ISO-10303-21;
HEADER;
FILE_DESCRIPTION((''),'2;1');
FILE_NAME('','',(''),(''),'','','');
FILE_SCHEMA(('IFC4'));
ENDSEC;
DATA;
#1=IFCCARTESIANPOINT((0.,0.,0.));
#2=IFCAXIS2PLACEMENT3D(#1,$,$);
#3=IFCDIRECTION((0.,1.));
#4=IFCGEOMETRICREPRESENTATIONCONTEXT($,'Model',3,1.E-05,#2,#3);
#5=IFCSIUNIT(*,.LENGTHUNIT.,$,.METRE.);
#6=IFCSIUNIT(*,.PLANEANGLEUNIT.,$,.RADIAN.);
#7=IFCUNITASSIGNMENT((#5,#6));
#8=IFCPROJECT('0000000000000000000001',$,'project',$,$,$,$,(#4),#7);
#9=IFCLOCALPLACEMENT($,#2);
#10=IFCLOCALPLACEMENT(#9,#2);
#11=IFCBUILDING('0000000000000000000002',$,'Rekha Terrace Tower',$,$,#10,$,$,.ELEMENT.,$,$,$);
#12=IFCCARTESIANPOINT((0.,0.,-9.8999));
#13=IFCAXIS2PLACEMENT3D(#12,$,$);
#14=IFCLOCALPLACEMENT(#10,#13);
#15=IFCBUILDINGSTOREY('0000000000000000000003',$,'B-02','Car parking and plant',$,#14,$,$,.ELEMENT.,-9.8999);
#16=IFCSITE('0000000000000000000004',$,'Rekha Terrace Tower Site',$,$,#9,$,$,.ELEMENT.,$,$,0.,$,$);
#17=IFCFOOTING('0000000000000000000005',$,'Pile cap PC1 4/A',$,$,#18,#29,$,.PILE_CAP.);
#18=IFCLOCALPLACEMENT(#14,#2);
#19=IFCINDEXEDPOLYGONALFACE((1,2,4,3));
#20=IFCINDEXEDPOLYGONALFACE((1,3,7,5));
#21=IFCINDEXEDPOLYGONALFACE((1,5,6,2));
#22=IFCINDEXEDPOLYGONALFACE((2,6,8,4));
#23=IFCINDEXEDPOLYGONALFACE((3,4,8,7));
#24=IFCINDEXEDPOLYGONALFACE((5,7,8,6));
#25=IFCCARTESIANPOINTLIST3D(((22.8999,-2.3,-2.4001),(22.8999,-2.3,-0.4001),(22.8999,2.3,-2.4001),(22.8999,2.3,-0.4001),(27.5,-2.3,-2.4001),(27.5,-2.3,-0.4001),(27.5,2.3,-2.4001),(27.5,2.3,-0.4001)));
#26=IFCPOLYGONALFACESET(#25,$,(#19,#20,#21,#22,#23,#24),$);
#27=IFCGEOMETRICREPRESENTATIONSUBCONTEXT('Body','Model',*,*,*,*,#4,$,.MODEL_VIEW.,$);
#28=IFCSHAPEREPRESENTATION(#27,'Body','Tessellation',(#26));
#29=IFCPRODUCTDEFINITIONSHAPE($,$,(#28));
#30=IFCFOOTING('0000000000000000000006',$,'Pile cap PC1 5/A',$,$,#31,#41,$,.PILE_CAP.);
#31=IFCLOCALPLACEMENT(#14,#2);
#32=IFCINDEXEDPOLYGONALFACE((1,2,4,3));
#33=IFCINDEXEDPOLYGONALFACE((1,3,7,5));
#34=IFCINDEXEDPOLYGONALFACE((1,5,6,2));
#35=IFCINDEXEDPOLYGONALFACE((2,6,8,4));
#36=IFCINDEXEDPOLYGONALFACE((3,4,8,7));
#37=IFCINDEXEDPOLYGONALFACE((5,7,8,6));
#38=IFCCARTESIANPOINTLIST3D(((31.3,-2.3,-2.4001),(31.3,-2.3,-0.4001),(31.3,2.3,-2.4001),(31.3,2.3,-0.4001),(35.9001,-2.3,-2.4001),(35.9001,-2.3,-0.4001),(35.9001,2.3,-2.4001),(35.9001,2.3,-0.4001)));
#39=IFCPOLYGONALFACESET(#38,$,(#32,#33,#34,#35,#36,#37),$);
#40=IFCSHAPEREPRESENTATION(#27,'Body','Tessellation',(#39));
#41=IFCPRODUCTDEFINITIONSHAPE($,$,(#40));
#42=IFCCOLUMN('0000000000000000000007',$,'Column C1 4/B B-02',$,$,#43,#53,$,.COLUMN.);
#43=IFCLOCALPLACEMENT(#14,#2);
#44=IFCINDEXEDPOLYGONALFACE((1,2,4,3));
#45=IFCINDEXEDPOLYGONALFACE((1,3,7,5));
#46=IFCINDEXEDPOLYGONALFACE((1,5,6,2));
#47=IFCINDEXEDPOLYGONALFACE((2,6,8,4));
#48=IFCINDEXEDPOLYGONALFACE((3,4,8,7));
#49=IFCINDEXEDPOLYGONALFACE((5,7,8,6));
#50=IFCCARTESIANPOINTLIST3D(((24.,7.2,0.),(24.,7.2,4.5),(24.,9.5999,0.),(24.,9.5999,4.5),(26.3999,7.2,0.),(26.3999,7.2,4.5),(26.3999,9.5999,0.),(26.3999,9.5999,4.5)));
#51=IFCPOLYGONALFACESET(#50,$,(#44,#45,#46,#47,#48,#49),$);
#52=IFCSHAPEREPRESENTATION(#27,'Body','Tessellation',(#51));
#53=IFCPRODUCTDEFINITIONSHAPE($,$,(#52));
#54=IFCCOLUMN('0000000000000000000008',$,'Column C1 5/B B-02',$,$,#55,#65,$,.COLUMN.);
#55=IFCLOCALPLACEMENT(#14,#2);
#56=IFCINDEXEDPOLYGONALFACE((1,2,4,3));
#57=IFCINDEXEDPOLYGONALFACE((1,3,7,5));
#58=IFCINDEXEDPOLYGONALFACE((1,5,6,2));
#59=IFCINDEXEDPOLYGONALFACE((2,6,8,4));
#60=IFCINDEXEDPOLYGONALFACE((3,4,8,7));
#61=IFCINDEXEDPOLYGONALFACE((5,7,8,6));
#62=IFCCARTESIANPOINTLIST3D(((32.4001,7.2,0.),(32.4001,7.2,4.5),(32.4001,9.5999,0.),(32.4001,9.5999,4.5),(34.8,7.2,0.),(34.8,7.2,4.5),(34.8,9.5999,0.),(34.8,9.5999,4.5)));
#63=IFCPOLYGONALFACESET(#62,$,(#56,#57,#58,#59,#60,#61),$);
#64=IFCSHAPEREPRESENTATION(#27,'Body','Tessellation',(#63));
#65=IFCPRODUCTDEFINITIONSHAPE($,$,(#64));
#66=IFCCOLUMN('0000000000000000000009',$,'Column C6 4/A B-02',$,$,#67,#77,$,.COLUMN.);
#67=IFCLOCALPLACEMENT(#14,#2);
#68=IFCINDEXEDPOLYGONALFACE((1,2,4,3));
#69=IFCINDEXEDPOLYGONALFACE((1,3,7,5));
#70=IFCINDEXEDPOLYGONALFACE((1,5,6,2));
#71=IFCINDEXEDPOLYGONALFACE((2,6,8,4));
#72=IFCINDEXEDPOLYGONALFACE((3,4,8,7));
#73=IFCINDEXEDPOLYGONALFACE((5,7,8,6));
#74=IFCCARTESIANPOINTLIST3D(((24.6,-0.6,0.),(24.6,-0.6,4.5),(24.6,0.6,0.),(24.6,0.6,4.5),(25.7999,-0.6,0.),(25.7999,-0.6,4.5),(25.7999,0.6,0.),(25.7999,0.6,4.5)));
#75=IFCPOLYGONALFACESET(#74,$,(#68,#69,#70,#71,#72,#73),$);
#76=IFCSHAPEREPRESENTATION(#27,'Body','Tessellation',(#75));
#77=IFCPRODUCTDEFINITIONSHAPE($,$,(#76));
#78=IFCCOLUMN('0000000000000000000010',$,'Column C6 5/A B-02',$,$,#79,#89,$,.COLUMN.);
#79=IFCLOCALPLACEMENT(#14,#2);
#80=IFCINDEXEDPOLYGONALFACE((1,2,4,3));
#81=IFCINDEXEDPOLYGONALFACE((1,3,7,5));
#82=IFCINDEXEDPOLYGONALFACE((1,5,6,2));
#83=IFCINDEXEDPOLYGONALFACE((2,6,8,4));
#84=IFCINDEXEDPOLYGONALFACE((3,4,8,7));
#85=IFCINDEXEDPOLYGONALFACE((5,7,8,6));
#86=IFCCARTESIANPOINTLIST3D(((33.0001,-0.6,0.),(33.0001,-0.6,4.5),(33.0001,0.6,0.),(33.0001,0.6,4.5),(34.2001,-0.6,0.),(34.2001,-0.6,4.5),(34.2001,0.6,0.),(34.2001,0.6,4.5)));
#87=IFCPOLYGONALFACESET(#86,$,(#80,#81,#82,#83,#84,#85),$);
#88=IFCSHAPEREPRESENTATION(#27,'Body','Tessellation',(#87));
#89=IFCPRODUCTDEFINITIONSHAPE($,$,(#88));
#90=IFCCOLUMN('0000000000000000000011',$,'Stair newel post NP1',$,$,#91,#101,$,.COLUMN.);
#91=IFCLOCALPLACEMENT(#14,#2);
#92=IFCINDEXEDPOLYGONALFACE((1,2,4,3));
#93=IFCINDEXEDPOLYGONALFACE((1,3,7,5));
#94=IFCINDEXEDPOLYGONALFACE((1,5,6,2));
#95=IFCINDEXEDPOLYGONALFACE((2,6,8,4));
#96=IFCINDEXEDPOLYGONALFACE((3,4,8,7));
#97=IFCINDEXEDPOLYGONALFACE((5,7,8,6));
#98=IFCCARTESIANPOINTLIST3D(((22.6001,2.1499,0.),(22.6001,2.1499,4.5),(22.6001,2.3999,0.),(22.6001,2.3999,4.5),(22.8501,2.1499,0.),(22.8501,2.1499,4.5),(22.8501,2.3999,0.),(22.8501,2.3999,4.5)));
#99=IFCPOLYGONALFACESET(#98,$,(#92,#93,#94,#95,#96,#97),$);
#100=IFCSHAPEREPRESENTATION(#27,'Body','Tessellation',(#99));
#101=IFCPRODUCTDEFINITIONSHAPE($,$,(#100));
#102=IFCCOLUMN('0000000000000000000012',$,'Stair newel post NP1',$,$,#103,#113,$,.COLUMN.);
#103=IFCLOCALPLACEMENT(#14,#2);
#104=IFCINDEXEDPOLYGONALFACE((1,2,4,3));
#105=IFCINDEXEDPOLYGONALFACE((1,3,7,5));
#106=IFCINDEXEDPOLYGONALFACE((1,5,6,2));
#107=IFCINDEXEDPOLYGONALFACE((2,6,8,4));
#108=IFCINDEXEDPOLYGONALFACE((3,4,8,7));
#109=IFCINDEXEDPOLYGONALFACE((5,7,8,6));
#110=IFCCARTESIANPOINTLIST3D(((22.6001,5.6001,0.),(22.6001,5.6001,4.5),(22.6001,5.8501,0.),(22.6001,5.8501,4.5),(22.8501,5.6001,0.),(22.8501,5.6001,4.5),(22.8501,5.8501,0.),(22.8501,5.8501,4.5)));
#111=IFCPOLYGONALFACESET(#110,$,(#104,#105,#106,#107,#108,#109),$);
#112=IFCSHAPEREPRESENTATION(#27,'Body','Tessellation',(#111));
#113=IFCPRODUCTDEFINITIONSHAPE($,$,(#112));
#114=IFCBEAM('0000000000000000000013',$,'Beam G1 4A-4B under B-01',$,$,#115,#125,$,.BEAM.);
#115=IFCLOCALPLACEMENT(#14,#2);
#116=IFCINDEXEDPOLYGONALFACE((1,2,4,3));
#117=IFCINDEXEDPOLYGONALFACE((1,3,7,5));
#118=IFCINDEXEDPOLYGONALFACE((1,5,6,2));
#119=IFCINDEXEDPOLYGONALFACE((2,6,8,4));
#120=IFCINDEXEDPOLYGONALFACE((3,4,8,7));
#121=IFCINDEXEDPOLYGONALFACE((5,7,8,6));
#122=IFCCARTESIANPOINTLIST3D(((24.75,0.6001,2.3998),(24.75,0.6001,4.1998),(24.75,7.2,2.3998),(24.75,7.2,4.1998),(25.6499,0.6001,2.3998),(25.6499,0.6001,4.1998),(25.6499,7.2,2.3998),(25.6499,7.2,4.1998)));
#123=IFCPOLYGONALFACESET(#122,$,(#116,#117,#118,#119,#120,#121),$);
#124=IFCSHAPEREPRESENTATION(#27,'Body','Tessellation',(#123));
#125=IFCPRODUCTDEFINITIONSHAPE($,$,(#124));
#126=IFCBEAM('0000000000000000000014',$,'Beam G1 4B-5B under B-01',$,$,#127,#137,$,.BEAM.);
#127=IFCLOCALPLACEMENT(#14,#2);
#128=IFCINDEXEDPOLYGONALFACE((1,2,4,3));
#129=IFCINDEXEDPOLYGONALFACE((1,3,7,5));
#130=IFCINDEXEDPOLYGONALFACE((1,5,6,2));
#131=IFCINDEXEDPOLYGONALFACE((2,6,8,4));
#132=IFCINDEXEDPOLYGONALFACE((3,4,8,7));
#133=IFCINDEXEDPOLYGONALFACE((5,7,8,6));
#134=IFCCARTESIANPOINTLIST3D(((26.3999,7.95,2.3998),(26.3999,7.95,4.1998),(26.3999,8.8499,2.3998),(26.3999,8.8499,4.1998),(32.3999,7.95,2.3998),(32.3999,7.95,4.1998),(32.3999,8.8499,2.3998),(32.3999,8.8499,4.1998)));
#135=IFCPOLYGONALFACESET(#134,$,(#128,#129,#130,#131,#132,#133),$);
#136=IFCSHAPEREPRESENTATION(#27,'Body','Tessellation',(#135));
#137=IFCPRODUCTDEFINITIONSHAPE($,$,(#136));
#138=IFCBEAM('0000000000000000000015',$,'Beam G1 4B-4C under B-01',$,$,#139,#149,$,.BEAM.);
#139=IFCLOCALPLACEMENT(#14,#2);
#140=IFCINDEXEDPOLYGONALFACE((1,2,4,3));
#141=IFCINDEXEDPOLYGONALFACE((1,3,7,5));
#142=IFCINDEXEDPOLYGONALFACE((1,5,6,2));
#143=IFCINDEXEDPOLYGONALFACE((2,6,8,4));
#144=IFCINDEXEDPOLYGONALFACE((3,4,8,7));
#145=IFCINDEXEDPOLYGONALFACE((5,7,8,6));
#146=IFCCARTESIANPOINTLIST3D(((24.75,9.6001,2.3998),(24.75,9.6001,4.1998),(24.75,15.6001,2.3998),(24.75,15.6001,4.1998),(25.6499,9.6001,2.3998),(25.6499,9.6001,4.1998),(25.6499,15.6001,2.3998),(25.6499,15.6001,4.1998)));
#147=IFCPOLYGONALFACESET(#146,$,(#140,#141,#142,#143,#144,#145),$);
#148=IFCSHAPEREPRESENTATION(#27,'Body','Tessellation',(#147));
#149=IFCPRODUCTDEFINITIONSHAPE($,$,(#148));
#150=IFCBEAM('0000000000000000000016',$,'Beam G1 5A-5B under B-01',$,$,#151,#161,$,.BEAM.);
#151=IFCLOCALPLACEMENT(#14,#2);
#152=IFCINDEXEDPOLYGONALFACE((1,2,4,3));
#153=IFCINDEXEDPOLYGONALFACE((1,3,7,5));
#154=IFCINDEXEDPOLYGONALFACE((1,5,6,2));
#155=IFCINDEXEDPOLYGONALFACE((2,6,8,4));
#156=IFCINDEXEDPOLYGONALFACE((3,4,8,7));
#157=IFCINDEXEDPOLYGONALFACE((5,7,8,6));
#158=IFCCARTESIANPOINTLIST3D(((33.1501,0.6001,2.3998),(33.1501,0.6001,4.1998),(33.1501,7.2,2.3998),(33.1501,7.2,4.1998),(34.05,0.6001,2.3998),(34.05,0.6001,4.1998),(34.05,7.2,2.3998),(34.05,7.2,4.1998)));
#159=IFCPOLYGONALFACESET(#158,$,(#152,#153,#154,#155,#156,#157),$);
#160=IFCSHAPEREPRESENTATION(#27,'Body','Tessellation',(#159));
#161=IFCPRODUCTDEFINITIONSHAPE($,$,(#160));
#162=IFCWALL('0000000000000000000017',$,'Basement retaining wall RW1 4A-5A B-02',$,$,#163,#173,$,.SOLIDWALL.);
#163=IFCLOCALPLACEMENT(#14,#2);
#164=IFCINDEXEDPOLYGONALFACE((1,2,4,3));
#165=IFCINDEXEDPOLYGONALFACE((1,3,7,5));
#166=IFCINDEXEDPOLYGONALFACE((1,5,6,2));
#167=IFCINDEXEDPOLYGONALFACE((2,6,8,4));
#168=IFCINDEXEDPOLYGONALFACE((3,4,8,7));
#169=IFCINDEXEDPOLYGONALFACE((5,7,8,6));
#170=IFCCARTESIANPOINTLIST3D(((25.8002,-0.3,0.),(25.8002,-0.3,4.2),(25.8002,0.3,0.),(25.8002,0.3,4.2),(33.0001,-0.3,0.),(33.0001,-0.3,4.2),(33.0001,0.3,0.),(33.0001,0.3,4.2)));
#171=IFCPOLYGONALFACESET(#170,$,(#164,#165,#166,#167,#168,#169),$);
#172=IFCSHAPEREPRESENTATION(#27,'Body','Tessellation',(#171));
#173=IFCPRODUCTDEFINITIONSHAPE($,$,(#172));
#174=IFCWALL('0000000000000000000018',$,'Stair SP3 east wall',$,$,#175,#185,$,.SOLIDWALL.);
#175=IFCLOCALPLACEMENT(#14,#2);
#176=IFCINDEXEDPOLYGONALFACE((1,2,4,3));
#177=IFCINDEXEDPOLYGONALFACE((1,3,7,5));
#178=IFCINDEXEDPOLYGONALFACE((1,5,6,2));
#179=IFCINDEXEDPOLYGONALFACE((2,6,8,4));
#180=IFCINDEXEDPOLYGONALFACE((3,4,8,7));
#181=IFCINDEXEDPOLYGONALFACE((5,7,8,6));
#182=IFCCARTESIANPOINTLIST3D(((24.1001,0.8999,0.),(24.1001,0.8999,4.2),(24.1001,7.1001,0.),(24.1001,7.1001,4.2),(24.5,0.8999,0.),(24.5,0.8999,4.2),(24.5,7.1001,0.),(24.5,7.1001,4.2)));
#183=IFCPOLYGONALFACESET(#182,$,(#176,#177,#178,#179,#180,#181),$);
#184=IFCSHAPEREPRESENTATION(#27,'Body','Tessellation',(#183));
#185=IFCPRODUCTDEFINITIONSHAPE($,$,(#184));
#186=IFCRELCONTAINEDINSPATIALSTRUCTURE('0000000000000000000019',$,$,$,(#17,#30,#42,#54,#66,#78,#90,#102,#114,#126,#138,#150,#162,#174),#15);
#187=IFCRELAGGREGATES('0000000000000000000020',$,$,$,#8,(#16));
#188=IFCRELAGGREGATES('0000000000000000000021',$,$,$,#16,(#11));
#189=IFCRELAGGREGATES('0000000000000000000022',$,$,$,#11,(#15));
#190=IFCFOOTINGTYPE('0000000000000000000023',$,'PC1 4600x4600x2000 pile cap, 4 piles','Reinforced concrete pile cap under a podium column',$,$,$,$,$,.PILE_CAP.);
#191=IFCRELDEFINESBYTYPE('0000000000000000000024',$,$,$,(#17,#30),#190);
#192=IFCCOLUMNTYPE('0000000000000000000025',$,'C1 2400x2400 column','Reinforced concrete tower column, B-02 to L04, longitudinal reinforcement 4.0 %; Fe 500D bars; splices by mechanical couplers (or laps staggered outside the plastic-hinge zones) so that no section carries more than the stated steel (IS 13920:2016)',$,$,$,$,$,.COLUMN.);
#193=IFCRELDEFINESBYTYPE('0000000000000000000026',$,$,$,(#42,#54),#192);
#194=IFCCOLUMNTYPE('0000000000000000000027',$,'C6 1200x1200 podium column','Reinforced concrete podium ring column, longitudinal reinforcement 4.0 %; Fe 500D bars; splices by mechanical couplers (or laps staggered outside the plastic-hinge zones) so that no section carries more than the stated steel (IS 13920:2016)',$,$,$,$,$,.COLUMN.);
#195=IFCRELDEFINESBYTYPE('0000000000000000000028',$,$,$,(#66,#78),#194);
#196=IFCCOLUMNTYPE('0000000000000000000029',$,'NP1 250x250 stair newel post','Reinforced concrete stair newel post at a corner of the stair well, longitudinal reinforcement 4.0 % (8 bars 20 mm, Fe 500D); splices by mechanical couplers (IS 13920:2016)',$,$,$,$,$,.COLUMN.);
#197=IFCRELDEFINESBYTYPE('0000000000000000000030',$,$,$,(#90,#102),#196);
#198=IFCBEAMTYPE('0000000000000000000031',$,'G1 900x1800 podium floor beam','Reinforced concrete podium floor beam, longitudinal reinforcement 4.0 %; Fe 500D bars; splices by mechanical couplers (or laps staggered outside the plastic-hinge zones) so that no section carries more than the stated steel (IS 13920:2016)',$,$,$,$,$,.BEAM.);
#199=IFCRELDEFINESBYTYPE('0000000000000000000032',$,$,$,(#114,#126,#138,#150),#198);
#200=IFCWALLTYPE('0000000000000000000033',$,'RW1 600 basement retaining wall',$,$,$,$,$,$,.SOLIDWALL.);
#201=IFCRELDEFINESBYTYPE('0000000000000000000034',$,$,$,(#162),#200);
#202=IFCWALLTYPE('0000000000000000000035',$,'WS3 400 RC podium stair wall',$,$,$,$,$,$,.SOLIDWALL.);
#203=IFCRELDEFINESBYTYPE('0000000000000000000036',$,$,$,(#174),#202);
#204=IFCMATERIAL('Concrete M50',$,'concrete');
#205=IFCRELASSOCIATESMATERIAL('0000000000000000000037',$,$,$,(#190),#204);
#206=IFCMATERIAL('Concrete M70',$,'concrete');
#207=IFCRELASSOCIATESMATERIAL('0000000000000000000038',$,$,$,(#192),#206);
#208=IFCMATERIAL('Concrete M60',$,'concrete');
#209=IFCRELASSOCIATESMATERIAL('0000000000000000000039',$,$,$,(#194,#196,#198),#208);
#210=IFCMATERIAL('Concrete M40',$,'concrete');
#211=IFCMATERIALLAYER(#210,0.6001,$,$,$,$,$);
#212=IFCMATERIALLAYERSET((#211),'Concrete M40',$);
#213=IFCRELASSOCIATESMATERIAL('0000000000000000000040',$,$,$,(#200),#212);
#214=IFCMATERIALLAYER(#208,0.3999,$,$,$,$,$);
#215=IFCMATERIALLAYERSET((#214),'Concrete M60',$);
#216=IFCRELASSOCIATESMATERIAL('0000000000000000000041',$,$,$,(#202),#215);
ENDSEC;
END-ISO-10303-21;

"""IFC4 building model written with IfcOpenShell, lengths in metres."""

from ifc_helpers import new_model, si_unit, direction, frame, frame_2d, origin, origin_2d, place, context, subcontext, project, spatial, rectangle, extrude, material, layer, layer_set, material_profile, profile_set, type_object, element, save


model = new_model("IFC4")

# Units and contexts
model_context = context("Model", 3, precision=1e-05, world=origin(), true_north=direction((0.0, 1.0)))
body_context = subcontext(model_context, "Body", "Model", "MODEL_VIEW")
ifc_project = project(units=[si_unit("LENGTHUNIT", "METRE"), si_unit("PLANEANGLEUNIT", "RADIAN")], contexts=[model_context])

# Site, building, storey
site_placement = place(None, origin())
site = spatial("IfcSite", under=ifc_project, at=site_placement, Name="Rekha Terrace Tower Site", CompositionType="ELEMENT", RefElevation=0.0)
building_placement = place(site_placement, origin())
building = spatial("IfcBuilding", under=site, at=building_placement, Name="Rekha Terrace Tower", CompositionType="ELEMENT")
storey_placement = place(building_placement, frame((0.0, 0.0, -9.8999)))
storey = spatial("IfcBuildingStorey", under=building, at=storey_placement, Name="B-02", Description="Car parking and plant", CompositionType="ELEMENT", Elevation=-9.8999)

# Shared definitions
ifc_material_1 = material(Name="Concrete M50", Category="concrete")

# Footings
footing_type_1 = type_object("IfcFootingType", Name="PC1 4600x4600x2000 pile cap, 4 piles", Description="Reinforced concrete pile cap under a podium column", PredefinedType="PILE_CAP", material=ifc_material_1)
for number, where, z_axis, x_axis, name in (
    (1, (25.2, 0.0, -2.4001), (0.0, 0.0, 1.0), (1.0, 0.0, 0.0), "Pile cap PC1 4/A"),
    (2, (33.6001, 0.0, -2.4001), (0.0, 0.0, 1.0), (1.0, 0.0, 0.0), "Pile cap PC1 5/A"),
):
    element("IfcFooting", number, at=place(storey_placement, frame(where, z_axis=z_axis, x_axis=x_axis)), inside=storey, type_object=footing_type_1, Name=name, PredefinedType="PILE_CAP", context=body_context, shape_type="SweptSolid", body=[
        extrude(rectangle(XDim=4.6001, YDim=4.6001, at=origin_2d()), origin(), (0.0, 0.0, 1.0), 2.0),
    ])

# Columns
ifc_material_2 = material(Name="Concrete M70", Category="concrete")
ifc_material_profile_1 = material_profile(ifc_material_2, rectangle(XDim=2.3999, YDim=2.3999, at=origin_2d()), Name="RC 2400x2400")
ifc_profile_set_1 = profile_set([ifc_material_profile_1], Name="Concrete M70")
column_type_1 = type_object("IfcColumnType", Name="C1 2400x2400 column", Description="Reinforced concrete tower column, B-02 to L04, longitudinal reinforcement 4.0 %; Fe 500D bars; splices by mechanical couplers (or laps staggered outside the plastic-hinge zones) so that no section carries more than the stated steel (IS 13920:2016)", PredefinedType="COLUMN", material=ifc_profile_set_1)
for number, where, z_axis, x_axis, name in (
    (3, (25.2, 8.3999, 0.0), (0.0, 0.0, 1.0), (1.0, 0.0, 0.0), "Column C1 4/B B-02"),
    (4, (33.6001, 8.3999, 0.0), (0.0, 0.0, 1.0), (1.0, 0.0, 0.0), "Column C1 5/B B-02"),
):
    element("IfcColumn", number, at=place(storey_placement, frame(where, z_axis=z_axis, x_axis=x_axis)), inside=storey, type_object=column_type_1, Name=name, PredefinedType="COLUMN", context=body_context, shape_type="SweptSolid", body=[
        extrude(rectangle(XDim=2.3999, YDim=2.3999, at=origin_2d()), origin(), (0.0, 0.0, 1.0), 4.5),
    ])
ifc_material_3 = material(Name="Concrete M60", Category="concrete")
ifc_material_profile_2 = material_profile(ifc_material_3, rectangle(XDim=1.2, YDim=1.2, at=origin_2d()), Name="RC 1200x1200")
ifc_profile_set_2 = profile_set([ifc_material_profile_2], Name="Concrete M60")
column_type_2 = type_object("IfcColumnType", Name="C6 1200x1200 podium column", Description="Reinforced concrete podium ring column, longitudinal reinforcement 4.0 %; Fe 500D bars; splices by mechanical couplers (or laps staggered outside the plastic-hinge zones) so that no section carries more than the stated steel (IS 13920:2016)", PredefinedType="COLUMN", material=ifc_profile_set_2)
for number, where, z_axis, x_axis, name in (
    (5, (25.2, 0.0, 0.0), (0.0, 0.0, 1.0), (1.0, 0.0, 0.0), "Column C6 4/A B-02"),
    (6, (33.6001, 0.0, 0.0), (0.0, 0.0, 1.0), (1.0, 0.0, 0.0), "Column C6 5/A B-02"),
):
    element("IfcColumn", number, at=place(storey_placement, frame(where, z_axis=z_axis, x_axis=x_axis)), inside=storey, type_object=column_type_2, Name=name, PredefinedType="COLUMN", context=body_context, shape_type="SweptSolid", body=[
        extrude(rectangle(XDim=1.2, YDim=1.2, at=origin_2d()), origin(), (0.0, 0.0, 1.0), 4.5),
    ])
ifc_material_profile_3 = material_profile(ifc_material_3, rectangle(XDim=0.25, YDim=0.25, at=origin_2d()), Name="RC 250x250")
ifc_profile_set_3 = profile_set([ifc_material_profile_3], Name="Concrete M60")
column_type_3 = type_object("IfcColumnType", Name="NP1 250x250 stair newel post", Description="Reinforced concrete stair newel post at a corner of the stair well, longitudinal reinforcement 4.0 % (8 bars 20 mm, Fe 500D); splices by mechanical couplers (IS 13920:2016)", PredefinedType="COLUMN", material=ifc_profile_set_3)
for number, where, z_axis, x_axis, name in (
    (7, (22.7251, 2.2749, 0.0), (0.0, 0.0, 1.0), (1.0, 0.0, 0.0), "Stair newel post NP1"),
    (8, (22.7251, 5.7251, 0.0), (0.0, 0.0, 1.0), (1.0, 0.0, 0.0), "Stair newel post NP1"),
):
    element("IfcColumn", number, at=place(storey_placement, frame(where, z_axis=z_axis, x_axis=x_axis)), inside=storey, type_object=column_type_3, Name=name, PredefinedType="COLUMN", context=body_context, shape_type="SweptSolid", body=[
        extrude(rectangle(XDim=0.25, YDim=0.25, at=origin_2d()), origin(), (0.0, 0.0, 1.0), 4.5),
    ])

# Beams
ifc_material_profile_4 = material_profile(ifc_material_3, rectangle(XDim=0.8999, YDim=1.8, at=origin_2d()), Name="RC 900x1800")
ifc_profile_set_4 = profile_set([ifc_material_profile_4], Name="Concrete M60")
beam_type = type_object("IfcBeamType", Name="G1 900x1800 podium floor beam", Description="Reinforced concrete podium floor beam, longitudinal reinforcement 4.0 %; Fe 500D bars; splices by mechanical couplers (or laps staggered outside the plastic-hinge zones) so that no section carries more than the stated steel (IS 13920:2016)", PredefinedType="BEAM", material=ifc_profile_set_4)
beam_1_placement = place(storey_placement, frame((25.2, 0.6001, 3.2998), z_axis=(0.0, 1.0, 0.0), x_axis=(-1.0, 0.0, 0.0)))
element("IfcBeam", 9, at=beam_1_placement, inside=storey, type_object=beam_type, Name="Beam G1 4A-4B under B-01", PredefinedType="BEAM", context=body_context, shape_type="SweptSolid", body=[
    extrude(rectangle(XDim=0.8999, YDim=1.8, at=origin_2d()), origin(), (0.0, 0.0, 1.0), 6.5999),
])
for number, where, z_axis, x_axis, name in (
    (10, (26.3999, 8.3999, 3.2998), (1.0, 0.0, 0.0), (0.0, 1.0, 0.0), "Beam G1 4B-5B under B-01"),
    (11, (25.2, 9.6001, 3.2998), (0.0, 1.0, 0.0), (-1.0, 0.0, 0.0), "Beam G1 4B-4C under B-01"),
):
    element("IfcBeam", number, at=place(storey_placement, frame(where, z_axis=z_axis, x_axis=x_axis)), inside=storey, type_object=beam_type, Name=name, PredefinedType="BEAM", context=body_context, shape_type="SweptSolid", body=[
        extrude(rectangle(XDim=0.8999, YDim=1.8, at=origin_2d()), origin(), (0.0, 0.0, 1.0), 6.0),
    ])
beam_2_placement = place(storey_placement, frame((33.6001, 0.6001, 3.2998), z_axis=(0.0, 1.0, 0.0), x_axis=(-1.0, 0.0, 0.0)))
element("IfcBeam", 12, at=beam_2_placement, inside=storey, type_object=beam_type, Name="Beam G1 5A-5B under B-01", PredefinedType="BEAM", context=body_context, shape_type="SweptSolid", body=[
    extrude(rectangle(XDim=0.8999, YDim=1.8, at=origin_2d()), origin(), (0.0, 0.0, 1.0), 6.5999),
])

# Walls
ifc_material_4 = material(Name="Concrete M40", Category="concrete")
ifc_layer_1 = layer(ifc_material_4, 0.6001)
ifc_layer_set_1 = layer_set([ifc_layer_1], Name="Concrete M40")
wall_type_1 = type_object("IfcWallType", Name="RW1 600 basement retaining wall", PredefinedType="SOLIDWALL", material=ifc_layer_set_1)
wall_1_placement = place(storey_placement, frame((25.8, 0.0, 0.0), z_axis=(0.0, 0.0, 1.0), x_axis=(1.0, 0.0, 0.0)))
element("IfcWall", 13, at=wall_1_placement, inside=storey, type_object=wall_type_1, Name="Basement retaining wall RW1 4A-5A B-02", PredefinedType="SOLIDWALL", context=body_context, shape_type="SweptSolid", body=[
    extrude(rectangle(XDim=7.2, YDim=0.6001, at=frame_2d((3.6001, 0.0))), origin(), (0.0, 0.0, 1.0), 4.2),
])
ifc_layer_2 = layer(ifc_material_3, 0.3999)
ifc_layer_set_2 = layer_set([ifc_layer_2], Name="Concrete M60")
wall_type_2 = type_object("IfcWallType", Name="WS3 400 RC podium stair wall", PredefinedType="SOLIDWALL", material=ifc_layer_set_2)
wall_2_placement = place(storey_placement, frame((24.3, 0.8999, 0.0), z_axis=(0.0, 0.0, 1.0), x_axis=(0.0, 1.0, 0.0)))
element("IfcWall", 14, at=wall_2_placement, inside=storey, type_object=wall_type_2, Name="Stair SP3 east wall", PredefinedType="SOLIDWALL", context=body_context, shape_type="SweptSolid", body=[
    extrude(rectangle(XDim=6.2002, YDim=0.3999, at=frame_2d((3.1001, 0.0))), origin(), (0.0, 0.0, 1.0), 4.2),
])

save(model, "model.ifc")
